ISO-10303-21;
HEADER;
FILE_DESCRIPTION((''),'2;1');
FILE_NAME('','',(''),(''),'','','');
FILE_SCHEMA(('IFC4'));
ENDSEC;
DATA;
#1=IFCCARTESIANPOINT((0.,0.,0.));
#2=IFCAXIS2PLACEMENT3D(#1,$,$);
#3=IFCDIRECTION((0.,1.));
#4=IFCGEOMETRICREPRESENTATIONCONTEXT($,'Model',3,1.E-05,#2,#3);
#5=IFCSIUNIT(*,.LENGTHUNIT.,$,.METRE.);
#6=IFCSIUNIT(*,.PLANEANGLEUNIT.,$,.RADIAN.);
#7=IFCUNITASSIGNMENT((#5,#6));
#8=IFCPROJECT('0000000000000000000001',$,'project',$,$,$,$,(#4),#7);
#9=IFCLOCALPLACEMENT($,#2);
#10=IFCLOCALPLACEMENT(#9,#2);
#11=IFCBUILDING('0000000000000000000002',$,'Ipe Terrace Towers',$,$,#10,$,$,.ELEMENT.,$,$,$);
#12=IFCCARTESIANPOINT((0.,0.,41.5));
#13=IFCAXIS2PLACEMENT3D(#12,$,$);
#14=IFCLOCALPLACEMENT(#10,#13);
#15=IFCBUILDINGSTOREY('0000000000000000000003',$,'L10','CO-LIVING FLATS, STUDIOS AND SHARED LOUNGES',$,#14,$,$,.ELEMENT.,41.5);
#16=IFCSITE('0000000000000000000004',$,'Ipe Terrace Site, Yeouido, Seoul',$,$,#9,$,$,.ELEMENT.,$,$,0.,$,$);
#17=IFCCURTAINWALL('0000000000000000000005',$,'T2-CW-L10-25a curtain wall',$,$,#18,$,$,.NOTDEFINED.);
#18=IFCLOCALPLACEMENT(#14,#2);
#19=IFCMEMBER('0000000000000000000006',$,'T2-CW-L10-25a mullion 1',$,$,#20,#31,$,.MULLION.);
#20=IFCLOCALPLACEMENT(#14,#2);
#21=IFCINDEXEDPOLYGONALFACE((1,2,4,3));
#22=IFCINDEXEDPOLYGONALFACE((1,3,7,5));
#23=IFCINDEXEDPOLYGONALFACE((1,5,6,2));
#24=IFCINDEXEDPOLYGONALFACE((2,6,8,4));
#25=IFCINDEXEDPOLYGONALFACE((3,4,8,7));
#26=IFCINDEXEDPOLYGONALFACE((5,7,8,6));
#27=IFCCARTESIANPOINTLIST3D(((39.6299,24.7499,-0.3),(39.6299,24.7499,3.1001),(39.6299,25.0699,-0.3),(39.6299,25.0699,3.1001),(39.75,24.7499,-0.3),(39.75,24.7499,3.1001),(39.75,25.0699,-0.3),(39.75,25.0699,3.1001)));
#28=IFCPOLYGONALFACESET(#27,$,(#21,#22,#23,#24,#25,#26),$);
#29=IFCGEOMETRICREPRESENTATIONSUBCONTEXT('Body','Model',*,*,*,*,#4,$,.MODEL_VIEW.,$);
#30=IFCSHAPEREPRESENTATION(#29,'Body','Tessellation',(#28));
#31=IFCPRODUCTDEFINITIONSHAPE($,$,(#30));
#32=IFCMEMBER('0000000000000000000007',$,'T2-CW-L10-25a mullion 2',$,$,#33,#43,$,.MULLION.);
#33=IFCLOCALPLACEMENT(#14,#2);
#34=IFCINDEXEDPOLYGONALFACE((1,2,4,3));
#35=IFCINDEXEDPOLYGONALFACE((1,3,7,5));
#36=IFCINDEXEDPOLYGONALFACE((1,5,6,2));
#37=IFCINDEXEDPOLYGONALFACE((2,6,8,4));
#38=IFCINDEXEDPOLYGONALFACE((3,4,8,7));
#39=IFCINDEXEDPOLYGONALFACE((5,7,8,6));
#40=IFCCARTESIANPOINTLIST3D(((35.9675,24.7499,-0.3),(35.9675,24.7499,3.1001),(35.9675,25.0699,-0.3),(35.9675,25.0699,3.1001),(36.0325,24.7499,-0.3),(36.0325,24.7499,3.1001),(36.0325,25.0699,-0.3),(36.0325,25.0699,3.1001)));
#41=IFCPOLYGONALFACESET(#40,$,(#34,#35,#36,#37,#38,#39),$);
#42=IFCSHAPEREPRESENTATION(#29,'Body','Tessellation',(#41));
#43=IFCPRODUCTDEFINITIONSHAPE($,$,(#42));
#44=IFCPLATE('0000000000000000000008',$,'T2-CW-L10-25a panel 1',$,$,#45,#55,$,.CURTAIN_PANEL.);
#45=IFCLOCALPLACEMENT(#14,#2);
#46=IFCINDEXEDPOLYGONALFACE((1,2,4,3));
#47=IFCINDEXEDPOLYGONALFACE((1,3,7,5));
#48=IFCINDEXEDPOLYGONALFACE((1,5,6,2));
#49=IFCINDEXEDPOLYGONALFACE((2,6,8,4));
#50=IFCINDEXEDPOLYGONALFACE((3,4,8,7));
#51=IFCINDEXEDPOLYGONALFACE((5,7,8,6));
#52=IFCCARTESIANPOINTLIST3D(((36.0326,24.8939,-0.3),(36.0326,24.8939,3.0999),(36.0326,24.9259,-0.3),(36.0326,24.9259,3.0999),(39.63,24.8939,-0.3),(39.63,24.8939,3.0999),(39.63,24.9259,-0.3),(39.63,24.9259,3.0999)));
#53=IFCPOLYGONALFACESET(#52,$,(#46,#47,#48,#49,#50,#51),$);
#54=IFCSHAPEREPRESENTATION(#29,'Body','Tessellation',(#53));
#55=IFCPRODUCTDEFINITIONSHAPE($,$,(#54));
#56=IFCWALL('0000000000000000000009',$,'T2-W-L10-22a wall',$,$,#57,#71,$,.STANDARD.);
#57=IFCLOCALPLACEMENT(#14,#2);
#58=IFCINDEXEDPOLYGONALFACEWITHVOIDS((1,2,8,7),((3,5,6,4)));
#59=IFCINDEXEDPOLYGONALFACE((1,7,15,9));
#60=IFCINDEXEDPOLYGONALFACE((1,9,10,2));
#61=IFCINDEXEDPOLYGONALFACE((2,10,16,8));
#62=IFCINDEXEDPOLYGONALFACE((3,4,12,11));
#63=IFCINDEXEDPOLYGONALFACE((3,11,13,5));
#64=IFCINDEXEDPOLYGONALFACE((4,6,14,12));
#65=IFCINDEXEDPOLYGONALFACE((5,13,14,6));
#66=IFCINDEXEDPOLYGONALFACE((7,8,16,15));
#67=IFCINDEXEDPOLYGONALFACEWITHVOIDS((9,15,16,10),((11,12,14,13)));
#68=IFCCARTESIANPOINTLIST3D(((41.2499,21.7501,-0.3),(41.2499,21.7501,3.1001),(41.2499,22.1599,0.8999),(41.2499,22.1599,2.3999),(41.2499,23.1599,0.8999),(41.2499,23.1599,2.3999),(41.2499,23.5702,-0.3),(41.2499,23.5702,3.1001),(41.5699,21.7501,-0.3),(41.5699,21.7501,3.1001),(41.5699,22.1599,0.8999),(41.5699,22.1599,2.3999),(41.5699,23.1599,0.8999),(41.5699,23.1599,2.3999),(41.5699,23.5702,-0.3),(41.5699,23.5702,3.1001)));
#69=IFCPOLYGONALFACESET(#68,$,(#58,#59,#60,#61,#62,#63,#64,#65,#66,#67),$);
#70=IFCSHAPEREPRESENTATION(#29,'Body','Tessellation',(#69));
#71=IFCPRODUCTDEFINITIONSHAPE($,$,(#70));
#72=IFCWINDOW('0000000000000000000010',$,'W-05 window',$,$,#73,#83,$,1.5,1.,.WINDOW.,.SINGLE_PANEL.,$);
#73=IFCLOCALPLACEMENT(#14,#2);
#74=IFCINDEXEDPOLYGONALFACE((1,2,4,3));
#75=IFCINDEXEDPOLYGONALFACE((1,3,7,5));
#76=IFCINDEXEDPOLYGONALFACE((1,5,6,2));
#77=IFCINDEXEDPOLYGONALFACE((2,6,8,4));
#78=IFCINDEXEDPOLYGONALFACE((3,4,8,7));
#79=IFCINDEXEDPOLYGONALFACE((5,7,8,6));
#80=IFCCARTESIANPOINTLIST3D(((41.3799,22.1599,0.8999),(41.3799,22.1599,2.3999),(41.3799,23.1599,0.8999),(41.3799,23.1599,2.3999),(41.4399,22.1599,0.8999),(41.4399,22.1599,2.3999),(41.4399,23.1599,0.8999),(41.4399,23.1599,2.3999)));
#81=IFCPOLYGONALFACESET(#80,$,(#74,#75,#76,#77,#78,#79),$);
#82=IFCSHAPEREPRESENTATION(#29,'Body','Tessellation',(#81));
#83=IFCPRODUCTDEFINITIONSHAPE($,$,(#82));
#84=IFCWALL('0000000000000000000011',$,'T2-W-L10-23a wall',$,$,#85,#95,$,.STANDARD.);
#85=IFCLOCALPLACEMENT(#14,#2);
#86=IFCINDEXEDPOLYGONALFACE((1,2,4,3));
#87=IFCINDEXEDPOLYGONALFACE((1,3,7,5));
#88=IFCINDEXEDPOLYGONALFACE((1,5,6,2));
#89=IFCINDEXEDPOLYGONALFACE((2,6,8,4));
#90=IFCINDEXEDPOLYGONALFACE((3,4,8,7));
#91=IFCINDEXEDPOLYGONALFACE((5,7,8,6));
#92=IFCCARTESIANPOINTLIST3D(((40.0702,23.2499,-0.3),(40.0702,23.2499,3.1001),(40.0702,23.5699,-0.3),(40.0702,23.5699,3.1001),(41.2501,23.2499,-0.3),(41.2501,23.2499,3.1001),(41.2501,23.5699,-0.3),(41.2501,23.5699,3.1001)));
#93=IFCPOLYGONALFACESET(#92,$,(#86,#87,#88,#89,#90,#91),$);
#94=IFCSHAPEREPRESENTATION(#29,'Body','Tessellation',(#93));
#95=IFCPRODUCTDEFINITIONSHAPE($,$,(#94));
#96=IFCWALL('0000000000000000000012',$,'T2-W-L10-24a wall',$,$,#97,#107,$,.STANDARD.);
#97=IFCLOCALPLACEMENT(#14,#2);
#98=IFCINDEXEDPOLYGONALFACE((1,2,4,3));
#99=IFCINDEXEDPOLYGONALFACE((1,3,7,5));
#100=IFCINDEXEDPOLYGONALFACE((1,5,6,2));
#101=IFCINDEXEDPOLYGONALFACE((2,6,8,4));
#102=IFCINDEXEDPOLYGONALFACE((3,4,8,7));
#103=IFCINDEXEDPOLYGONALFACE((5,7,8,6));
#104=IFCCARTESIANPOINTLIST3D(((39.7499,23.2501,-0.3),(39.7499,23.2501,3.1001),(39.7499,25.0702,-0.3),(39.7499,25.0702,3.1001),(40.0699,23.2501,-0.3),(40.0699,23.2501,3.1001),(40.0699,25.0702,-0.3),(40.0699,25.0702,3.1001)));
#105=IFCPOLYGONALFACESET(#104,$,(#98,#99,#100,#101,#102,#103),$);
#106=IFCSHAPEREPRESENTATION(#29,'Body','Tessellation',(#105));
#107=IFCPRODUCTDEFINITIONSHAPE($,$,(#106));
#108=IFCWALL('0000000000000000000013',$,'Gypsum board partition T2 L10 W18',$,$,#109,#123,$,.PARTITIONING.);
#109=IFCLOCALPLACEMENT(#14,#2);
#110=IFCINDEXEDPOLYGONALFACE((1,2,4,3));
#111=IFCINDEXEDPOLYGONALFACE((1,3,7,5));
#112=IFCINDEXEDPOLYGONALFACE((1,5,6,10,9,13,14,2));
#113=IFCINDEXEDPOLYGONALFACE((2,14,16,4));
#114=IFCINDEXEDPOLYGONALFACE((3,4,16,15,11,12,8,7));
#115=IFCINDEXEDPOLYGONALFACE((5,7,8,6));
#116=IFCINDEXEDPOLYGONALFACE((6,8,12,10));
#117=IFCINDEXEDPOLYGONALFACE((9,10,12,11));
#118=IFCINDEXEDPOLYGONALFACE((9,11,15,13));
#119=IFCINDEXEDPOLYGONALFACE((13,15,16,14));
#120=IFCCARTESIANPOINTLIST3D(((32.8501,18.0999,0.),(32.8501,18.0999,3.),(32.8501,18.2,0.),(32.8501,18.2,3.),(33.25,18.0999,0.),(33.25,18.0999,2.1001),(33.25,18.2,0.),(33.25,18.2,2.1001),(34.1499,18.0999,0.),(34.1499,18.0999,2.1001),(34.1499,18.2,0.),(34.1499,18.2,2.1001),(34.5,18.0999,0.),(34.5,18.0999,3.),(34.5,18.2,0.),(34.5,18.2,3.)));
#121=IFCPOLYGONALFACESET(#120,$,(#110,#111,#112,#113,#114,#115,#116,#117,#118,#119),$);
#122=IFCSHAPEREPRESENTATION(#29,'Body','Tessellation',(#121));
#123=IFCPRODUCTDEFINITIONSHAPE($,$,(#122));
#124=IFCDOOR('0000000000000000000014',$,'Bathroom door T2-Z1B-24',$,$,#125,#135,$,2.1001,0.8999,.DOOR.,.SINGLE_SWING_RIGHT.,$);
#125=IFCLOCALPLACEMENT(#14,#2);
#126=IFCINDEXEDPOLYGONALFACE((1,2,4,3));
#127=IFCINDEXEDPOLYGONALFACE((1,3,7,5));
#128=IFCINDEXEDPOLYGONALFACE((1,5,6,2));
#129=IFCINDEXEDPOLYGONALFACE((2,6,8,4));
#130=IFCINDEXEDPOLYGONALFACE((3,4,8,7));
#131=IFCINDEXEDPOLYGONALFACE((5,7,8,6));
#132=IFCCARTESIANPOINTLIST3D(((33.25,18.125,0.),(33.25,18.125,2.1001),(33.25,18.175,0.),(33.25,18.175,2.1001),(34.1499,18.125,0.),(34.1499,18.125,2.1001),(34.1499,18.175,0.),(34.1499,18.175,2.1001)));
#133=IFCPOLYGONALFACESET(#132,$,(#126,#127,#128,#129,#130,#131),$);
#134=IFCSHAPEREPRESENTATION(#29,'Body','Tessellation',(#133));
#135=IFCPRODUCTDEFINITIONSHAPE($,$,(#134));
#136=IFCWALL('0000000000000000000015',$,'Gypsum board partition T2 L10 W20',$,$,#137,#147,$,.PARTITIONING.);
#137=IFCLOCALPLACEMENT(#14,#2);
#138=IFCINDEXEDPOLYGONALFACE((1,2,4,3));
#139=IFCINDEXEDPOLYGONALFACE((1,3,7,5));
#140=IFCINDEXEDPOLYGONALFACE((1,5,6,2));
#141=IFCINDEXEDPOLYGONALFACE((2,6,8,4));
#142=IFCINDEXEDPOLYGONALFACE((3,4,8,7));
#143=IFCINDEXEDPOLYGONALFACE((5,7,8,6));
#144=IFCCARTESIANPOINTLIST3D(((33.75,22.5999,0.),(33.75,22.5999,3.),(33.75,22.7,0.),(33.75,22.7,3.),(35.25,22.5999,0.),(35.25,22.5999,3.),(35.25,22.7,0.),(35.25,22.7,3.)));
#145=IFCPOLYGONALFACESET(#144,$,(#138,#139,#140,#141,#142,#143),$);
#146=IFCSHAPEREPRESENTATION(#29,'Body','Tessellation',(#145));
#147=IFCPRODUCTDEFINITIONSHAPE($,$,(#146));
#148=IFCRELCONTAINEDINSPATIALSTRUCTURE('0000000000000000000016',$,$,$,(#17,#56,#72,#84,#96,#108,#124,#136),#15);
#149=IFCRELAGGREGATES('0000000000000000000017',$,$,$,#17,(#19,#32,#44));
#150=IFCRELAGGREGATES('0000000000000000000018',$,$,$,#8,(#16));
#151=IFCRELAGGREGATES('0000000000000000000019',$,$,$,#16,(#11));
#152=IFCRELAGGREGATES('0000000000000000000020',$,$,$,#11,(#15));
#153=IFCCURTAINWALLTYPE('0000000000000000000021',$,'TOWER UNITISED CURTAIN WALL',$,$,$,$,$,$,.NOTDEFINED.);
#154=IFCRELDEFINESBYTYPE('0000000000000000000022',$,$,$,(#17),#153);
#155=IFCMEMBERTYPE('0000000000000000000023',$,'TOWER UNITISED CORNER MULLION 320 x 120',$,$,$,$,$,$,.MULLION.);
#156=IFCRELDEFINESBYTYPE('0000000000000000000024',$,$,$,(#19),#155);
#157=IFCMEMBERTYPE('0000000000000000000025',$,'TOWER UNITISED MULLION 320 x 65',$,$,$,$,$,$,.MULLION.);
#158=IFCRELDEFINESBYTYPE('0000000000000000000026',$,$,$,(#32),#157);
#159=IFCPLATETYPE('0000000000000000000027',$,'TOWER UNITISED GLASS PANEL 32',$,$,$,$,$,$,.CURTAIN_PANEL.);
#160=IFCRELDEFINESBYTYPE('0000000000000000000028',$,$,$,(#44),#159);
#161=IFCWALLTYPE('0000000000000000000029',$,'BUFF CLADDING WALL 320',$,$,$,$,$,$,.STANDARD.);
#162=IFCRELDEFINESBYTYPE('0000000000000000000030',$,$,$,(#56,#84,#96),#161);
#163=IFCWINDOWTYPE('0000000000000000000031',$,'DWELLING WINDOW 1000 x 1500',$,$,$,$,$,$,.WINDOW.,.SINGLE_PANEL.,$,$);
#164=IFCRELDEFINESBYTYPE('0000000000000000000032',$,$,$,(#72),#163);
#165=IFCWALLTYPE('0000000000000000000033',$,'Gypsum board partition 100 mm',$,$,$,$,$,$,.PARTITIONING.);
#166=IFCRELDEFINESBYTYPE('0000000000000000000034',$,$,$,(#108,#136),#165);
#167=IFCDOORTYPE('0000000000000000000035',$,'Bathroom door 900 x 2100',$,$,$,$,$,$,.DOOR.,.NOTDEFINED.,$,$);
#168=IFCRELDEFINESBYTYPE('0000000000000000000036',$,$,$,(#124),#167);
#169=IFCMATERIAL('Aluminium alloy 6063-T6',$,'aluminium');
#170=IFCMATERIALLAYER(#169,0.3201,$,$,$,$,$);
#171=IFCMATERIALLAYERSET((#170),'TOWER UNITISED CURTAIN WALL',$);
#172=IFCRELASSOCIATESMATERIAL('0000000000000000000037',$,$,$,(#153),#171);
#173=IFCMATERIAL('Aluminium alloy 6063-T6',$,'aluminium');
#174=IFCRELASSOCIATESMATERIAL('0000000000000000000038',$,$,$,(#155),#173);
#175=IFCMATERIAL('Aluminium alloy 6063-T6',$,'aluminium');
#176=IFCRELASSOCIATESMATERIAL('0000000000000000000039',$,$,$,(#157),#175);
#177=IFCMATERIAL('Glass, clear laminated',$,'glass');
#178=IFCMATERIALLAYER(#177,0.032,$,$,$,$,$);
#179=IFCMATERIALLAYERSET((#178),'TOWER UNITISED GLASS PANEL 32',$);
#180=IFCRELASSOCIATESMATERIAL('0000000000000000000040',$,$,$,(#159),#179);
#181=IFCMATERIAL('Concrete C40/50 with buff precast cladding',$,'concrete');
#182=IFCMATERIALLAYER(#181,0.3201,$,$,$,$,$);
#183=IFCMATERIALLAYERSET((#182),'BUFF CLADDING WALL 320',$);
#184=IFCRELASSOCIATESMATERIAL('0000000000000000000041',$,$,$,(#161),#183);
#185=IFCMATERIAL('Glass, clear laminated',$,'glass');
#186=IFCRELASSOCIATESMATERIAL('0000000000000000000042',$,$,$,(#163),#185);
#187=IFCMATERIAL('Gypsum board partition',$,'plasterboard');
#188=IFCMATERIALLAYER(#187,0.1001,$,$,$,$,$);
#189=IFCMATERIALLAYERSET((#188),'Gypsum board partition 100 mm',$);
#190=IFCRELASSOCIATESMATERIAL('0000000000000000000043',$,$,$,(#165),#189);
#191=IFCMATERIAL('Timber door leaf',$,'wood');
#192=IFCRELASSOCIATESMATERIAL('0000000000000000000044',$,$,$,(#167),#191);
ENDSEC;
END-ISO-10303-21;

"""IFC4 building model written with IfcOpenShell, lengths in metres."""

from ifc_helpers import new_model, si_unit, direction, frame, frame_2d, origin, origin_2d, place, context, subcontext, project, spatial, rectangle, extrude, material, layer, layer_set, material_profile, profile_set, type_object, element, fill, aggregate, save


model = new_model("IFC4")

# Units and contexts
model_context = context("Model", 3, precision=1e-05, world=origin(), true_north=direction((0.0, 1.0)))
body_context = subcontext(model_context, "Body", "Model", "MODEL_VIEW")
ifc_project = project(units=[si_unit("LENGTHUNIT", "METRE"), si_unit("PLANEANGLEUNIT", "RADIAN")], contexts=[model_context])

# Site, building, storey
site_placement = place(None, origin())
site = spatial("IfcSite", under=ifc_project, at=site_placement, Name="Ipe Terrace Site, Yeouido, Seoul", CompositionType="ELEMENT", RefElevation=0.0)
building_placement = place(site_placement, origin())
building = spatial("IfcBuilding", under=site, at=building_placement, Name="Ipe Terrace Towers", CompositionType="ELEMENT")
storey_placement = place(building_placement, frame((0.0, 0.0, 41.5)))
storey = spatial("IfcBuildingStorey", under=building, at=storey_placement, Name="L10", Description="CO-LIVING FLATS, STUDIOS AND SHARED LOUNGES", CompositionType="ELEMENT", Elevation=41.5)

# Curtain wall, members, plate
ifc_material_1 = material(Name="Aluminium alloy 6063-T6", Category="aluminium")
ifc_layer_1 = layer(ifc_material_1, 0.3201)
ifc_layer_set_1 = layer_set([ifc_layer_1], Name="TOWER UNITISED CURTAIN WALL")
curtain_wall_type = type_object("IfcCurtainWallType", Name="TOWER UNITISED CURTAIN WALL", PredefinedType="NOTDEFINED", material=ifc_layer_set_1)
curtain_wall_placement = place(storey_placement, origin())
curtain_wall = element("IfcCurtainWall", 1, at=curtain_wall_placement, inside=storey, type_object=curtain_wall_type, Name="T2-CW-L10-25a curtain wall", PredefinedType="NOTDEFINED")
ifc_material_2 = material(Name="Aluminium alloy 6063-T6", Category="aluminium")
ifc_material_profile_1 = material_profile(ifc_material_2, rectangle(XDim=0.3201, YDim=0.1201, at=origin_2d()), Name="TOWER UNITISED CORNER MULLION 320 x 120")
ifc_profile_set_1 = profile_set([ifc_material_profile_1], Name="Aluminium alloy 6063-T6")
member_type_1 = type_object("IfcMemberType", Name="TOWER UNITISED CORNER MULLION 320 x 120", PredefinedType="MULLION", material=ifc_profile_set_1)
member_1_placement = place(storey_placement, frame((39.6899, 24.9099, -0.3), z_axis=(0.0, 0.0, 1.0), x_axis=(0.0, 1.0, 0.0)))
member_1 = element("IfcMember", 2, at=member_1_placement, type_object=member_type_1, Name="T2-CW-L10-25a mullion 1", PredefinedType="MULLION", context=body_context, shape_type="SweptSolid", body=[
    extrude(rectangle(XDim=0.3201, YDim=0.1201, at=origin_2d()), origin(), (0.0, 0.0, 1.0), 3.4001),
])
ifc_material_3 = material(Name="Aluminium alloy 6063-T6", Category="aluminium")
ifc_material_profile_2 = material_profile(ifc_material_3, rectangle(XDim=0.3201, YDim=0.0649, at=origin_2d()), Name="TOWER UNITISED MULLION 320 x 65")
ifc_profile_set_2 = profile_set([ifc_material_profile_2], Name="Aluminium alloy 6063-T6")
member_type_2 = type_object("IfcMemberType", Name="TOWER UNITISED MULLION 320 x 65", PredefinedType="MULLION", material=ifc_profile_set_2)
member_2_placement = place(storey_placement, frame((36.0, 24.9099, -0.3), z_axis=(0.0, 0.0, 1.0), x_axis=(0.0, 1.0, 0.0)))
member_2 = element("IfcMember", 3, at=member_2_placement, type_object=member_type_2, Name="T2-CW-L10-25a mullion 2", PredefinedType="MULLION", context=body_context, shape_type="SweptSolid", body=[
    extrude(rectangle(XDim=0.3201, YDim=0.0649, at=origin_2d()), origin(), (0.0, 0.0, 1.0), 3.4001),
])
ifc_material_4 = material(Name="Glass, clear laminated", Category="glass")
ifc_layer_2 = layer(ifc_material_4, 0.032)
ifc_layer_set_2 = layer_set([ifc_layer_2], Name="TOWER UNITISED GLASS PANEL 32")
plate_type = type_object("IfcPlateType", Name="TOWER UNITISED GLASS PANEL 32", PredefinedType="CURTAIN_PANEL", material=ifc_layer_set_2)
plate_placement = place(storey_placement, frame((37.8313, 24.9099, -0.3), z_axis=(0.0, 0.0, 1.0), x_axis=(-1.0, 0.0, 0.0)))
plate = element("IfcPlate", 4, at=plate_placement, type_object=plate_type, Name="T2-CW-L10-25a panel 1", PredefinedType="CURTAIN_PANEL", context=body_context, shape_type="SweptSolid", body=[
    extrude(rectangle(XDim=3.5974, YDim=0.032, at=origin_2d()), origin(), (0.0, 0.0, 1.0), 3.3999),
])
aggregate(curtain_wall, [member_1, member_2, plate])

# Wall, opening, window
ifc_material_5 = material(Name="Concrete C40/50 with buff precast cladding", Category="concrete")
ifc_layer_3 = layer(ifc_material_5, 0.3201)
ifc_layer_set_3 = layer_set([ifc_layer_3], Name="BUFF CLADDING WALL 320")
wall_type_1 = type_object("IfcWallType", Name="BUFF CLADDING WALL 320", PredefinedType="STANDARD", material=ifc_layer_set_3)
wall_1_placement = place(storey_placement, frame((41.4099, 21.75, -0.3), z_axis=(0.0, 0.0, 1.0), x_axis=(0.0, 1.0, 0.0)))
wall_1 = element("IfcWall", 5, at=wall_1_placement, inside=storey, type_object=wall_type_1, Name="T2-W-L10-22a wall", PredefinedType="STANDARD", context=body_context, shape_type="SweptSolid", body=[
    extrude(rectangle(XDim=1.8201, YDim=0.3201, at=frame_2d((0.9102, 0.0))), origin(), (0.0, 0.0, 1.0), 3.4001),
])
opening_1_placement = place(wall_1_placement, frame((0.4099, 0.0, 1.2)))
opening_1 = element("IfcOpeningElement", 6, at=opening_1_placement, cuts=wall_1, PredefinedType="OPENING", context=body_context, shape_type="SweptSolid", body=[
    extrude(rectangle(XDim=1.0, YDim=1.5, at=frame_2d((0.5, 0.75))), frame((0.0, 0.1699, 0.0), z_axis=(0.0, -1.0, 0.0), x_axis=(1.0, 0.0, 0.0)), (0.0, 0.0, 1.0), 0.3401),
])
ifc_material_6 = material(Name="Glass, clear laminated", Category="glass")
window_type = type_object("IfcWindowType", Name="DWELLING WINDOW 1000 x 1500", PartitioningType="SINGLE_PANEL", PredefinedType="WINDOW", material=ifc_material_6)
window_placement = place(opening_1_placement, origin())
window = element("IfcWindow", 7, at=window_placement, inside=storey, type_object=window_type, Name="W-05 window", OverallHeight=1.5, OverallWidth=1.0, PartitioningType="SINGLE_PANEL", PredefinedType="WINDOW", context=body_context, shape_type="SweptSolid", body=[
    extrude(rectangle(XDim=1.0, YDim=1.5, at=frame_2d((0.5, 0.75))), frame((0.0, 0.03, 0.0), z_axis=(0.0, -1.0, 0.0), x_axis=(1.0, 0.0, 0.0)), (0.0, 0.0, 1.0), 0.0601),
])
fill(opening_1, window)

# Walls
wall_2_placement = place(storey_placement, frame((41.25, 23.4099, -0.3), z_axis=(0.0, 0.0, 1.0), x_axis=(-1.0, 0.0, 0.0)))
element("IfcWall", 8, at=wall_2_placement, inside=storey, type_object=wall_type_1, Name="T2-W-L10-23a wall", PredefinedType="STANDARD", context=body_context, shape_type="SweptSolid", body=[
    extrude(rectangle(XDim=1.1799, YDim=0.3201, at=frame_2d((0.5898, 0.0))), origin(), (0.0, 0.0, 1.0), 3.4001),
])
wall_3_placement = place(storey_placement, frame((39.9099, 23.25, -0.3), z_axis=(0.0, 0.0, 1.0), x_axis=(0.0, 1.0, 0.0)))
element("IfcWall", 9, at=wall_3_placement, inside=storey, type_object=wall_type_1, Name="T2-W-L10-24a wall", PredefinedType="STANDARD", context=body_context, shape_type="SweptSolid", body=[
    extrude(rectangle(XDim=1.8201, YDim=0.3201, at=frame_2d((0.9102, 0.0))), origin(), (0.0, 0.0, 1.0), 3.4001),
])

# Wall, opening, door
ifc_material_7 = material(Name="Gypsum board partition", Category="plasterboard")
ifc_layer_4 = layer(ifc_material_7, 0.1001)
ifc_layer_set_4 = layer_set([ifc_layer_4], Name="Gypsum board partition 100 mm")
wall_type_2 = type_object("IfcWallType", Name="Gypsum board partition 100 mm", PredefinedType="PARTITIONING", material=ifc_layer_set_4)
wall_4_placement = place(storey_placement, frame((34.5, 18.1499, 0.0), z_axis=(0.0, 0.0, 1.0), x_axis=(-1.0, 0.0, 0.0)))
wall_4 = element("IfcWall", 10, at=wall_4_placement, inside=storey, type_object=wall_type_2, Name="Gypsum board partition T2 L10 W18", PredefinedType="PARTITIONING", context=body_context, shape_type="SweptSolid", body=[
    extrude(rectangle(XDim=1.6499, YDim=0.1001, at=frame_2d((0.825, 0.0))), origin(), (0.0, 0.0, 1.0), 3.0),
])
opening_2_placement = place(wall_4_placement, frame((0.3501, 0.0, 0.0)))
opening_2 = element("IfcOpeningElement", 11, at=opening_2_placement, cuts=wall_4, PredefinedType="OPENING", context=body_context, shape_type="SweptSolid", body=[
    extrude(rectangle(XDim=0.8999, YDim=2.1001, at=frame_2d((0.45, 1.05))), frame((0.0, 0.0601, 0.0), z_axis=(0.0, -1.0, 0.0), x_axis=(1.0, 0.0, 0.0)), (0.0, 0.0, 1.0), 0.1201),
])
ifc_material_8 = material(Name="Timber door leaf", Category="wood")
door_type_1 = type_object("IfcDoorType", Name="Bathroom door 900 x 2100", OperationType="NOTDEFINED", PredefinedType="DOOR", material=ifc_material_8)
door_1_placement = place(opening_2_placement, origin())
door_1 = element("IfcDoor", 12, at=door_1_placement, inside=storey, type_object=door_type_1, Name="Bathroom door T2-Z1B-24", OperationType="SINGLE_SWING_RIGHT", OverallHeight=2.1001, OverallWidth=0.8999, PredefinedType="DOOR", context=body_context, shape_type="SweptSolid", body=[
    extrude(rectangle(XDim=0.8999, YDim=2.1001, at=frame_2d((0.45, 1.05))), frame((0.0, 0.0249, 0.0), z_axis=(0.0, -1.0, 0.0), x_axis=(1.0, 0.0, 0.0)), (0.0, 0.0, 1.0), 0.05),
])
fill(opening_2, door_1)

# Wall
wall_5_placement = place(storey_placement, frame((35.25, 22.6499, 0.0), z_axis=(0.0, 0.0, 1.0), x_axis=(-1.0, 0.0, 0.0)))
element("IfcWall", 13, at=wall_5_placement, inside=storey, type_object=wall_type_2, Name="Gypsum board partition T2 L10 W20", PredefinedType="PARTITIONING", context=body_context, shape_type="SweptSolid", body=[
    extrude(rectangle(XDim=1.5, YDim=0.1001, at=frame_2d((0.75, 0.0))), origin(), (0.0, 0.0, 1.0), 3.0),
])

save(model, "model.ifc")
